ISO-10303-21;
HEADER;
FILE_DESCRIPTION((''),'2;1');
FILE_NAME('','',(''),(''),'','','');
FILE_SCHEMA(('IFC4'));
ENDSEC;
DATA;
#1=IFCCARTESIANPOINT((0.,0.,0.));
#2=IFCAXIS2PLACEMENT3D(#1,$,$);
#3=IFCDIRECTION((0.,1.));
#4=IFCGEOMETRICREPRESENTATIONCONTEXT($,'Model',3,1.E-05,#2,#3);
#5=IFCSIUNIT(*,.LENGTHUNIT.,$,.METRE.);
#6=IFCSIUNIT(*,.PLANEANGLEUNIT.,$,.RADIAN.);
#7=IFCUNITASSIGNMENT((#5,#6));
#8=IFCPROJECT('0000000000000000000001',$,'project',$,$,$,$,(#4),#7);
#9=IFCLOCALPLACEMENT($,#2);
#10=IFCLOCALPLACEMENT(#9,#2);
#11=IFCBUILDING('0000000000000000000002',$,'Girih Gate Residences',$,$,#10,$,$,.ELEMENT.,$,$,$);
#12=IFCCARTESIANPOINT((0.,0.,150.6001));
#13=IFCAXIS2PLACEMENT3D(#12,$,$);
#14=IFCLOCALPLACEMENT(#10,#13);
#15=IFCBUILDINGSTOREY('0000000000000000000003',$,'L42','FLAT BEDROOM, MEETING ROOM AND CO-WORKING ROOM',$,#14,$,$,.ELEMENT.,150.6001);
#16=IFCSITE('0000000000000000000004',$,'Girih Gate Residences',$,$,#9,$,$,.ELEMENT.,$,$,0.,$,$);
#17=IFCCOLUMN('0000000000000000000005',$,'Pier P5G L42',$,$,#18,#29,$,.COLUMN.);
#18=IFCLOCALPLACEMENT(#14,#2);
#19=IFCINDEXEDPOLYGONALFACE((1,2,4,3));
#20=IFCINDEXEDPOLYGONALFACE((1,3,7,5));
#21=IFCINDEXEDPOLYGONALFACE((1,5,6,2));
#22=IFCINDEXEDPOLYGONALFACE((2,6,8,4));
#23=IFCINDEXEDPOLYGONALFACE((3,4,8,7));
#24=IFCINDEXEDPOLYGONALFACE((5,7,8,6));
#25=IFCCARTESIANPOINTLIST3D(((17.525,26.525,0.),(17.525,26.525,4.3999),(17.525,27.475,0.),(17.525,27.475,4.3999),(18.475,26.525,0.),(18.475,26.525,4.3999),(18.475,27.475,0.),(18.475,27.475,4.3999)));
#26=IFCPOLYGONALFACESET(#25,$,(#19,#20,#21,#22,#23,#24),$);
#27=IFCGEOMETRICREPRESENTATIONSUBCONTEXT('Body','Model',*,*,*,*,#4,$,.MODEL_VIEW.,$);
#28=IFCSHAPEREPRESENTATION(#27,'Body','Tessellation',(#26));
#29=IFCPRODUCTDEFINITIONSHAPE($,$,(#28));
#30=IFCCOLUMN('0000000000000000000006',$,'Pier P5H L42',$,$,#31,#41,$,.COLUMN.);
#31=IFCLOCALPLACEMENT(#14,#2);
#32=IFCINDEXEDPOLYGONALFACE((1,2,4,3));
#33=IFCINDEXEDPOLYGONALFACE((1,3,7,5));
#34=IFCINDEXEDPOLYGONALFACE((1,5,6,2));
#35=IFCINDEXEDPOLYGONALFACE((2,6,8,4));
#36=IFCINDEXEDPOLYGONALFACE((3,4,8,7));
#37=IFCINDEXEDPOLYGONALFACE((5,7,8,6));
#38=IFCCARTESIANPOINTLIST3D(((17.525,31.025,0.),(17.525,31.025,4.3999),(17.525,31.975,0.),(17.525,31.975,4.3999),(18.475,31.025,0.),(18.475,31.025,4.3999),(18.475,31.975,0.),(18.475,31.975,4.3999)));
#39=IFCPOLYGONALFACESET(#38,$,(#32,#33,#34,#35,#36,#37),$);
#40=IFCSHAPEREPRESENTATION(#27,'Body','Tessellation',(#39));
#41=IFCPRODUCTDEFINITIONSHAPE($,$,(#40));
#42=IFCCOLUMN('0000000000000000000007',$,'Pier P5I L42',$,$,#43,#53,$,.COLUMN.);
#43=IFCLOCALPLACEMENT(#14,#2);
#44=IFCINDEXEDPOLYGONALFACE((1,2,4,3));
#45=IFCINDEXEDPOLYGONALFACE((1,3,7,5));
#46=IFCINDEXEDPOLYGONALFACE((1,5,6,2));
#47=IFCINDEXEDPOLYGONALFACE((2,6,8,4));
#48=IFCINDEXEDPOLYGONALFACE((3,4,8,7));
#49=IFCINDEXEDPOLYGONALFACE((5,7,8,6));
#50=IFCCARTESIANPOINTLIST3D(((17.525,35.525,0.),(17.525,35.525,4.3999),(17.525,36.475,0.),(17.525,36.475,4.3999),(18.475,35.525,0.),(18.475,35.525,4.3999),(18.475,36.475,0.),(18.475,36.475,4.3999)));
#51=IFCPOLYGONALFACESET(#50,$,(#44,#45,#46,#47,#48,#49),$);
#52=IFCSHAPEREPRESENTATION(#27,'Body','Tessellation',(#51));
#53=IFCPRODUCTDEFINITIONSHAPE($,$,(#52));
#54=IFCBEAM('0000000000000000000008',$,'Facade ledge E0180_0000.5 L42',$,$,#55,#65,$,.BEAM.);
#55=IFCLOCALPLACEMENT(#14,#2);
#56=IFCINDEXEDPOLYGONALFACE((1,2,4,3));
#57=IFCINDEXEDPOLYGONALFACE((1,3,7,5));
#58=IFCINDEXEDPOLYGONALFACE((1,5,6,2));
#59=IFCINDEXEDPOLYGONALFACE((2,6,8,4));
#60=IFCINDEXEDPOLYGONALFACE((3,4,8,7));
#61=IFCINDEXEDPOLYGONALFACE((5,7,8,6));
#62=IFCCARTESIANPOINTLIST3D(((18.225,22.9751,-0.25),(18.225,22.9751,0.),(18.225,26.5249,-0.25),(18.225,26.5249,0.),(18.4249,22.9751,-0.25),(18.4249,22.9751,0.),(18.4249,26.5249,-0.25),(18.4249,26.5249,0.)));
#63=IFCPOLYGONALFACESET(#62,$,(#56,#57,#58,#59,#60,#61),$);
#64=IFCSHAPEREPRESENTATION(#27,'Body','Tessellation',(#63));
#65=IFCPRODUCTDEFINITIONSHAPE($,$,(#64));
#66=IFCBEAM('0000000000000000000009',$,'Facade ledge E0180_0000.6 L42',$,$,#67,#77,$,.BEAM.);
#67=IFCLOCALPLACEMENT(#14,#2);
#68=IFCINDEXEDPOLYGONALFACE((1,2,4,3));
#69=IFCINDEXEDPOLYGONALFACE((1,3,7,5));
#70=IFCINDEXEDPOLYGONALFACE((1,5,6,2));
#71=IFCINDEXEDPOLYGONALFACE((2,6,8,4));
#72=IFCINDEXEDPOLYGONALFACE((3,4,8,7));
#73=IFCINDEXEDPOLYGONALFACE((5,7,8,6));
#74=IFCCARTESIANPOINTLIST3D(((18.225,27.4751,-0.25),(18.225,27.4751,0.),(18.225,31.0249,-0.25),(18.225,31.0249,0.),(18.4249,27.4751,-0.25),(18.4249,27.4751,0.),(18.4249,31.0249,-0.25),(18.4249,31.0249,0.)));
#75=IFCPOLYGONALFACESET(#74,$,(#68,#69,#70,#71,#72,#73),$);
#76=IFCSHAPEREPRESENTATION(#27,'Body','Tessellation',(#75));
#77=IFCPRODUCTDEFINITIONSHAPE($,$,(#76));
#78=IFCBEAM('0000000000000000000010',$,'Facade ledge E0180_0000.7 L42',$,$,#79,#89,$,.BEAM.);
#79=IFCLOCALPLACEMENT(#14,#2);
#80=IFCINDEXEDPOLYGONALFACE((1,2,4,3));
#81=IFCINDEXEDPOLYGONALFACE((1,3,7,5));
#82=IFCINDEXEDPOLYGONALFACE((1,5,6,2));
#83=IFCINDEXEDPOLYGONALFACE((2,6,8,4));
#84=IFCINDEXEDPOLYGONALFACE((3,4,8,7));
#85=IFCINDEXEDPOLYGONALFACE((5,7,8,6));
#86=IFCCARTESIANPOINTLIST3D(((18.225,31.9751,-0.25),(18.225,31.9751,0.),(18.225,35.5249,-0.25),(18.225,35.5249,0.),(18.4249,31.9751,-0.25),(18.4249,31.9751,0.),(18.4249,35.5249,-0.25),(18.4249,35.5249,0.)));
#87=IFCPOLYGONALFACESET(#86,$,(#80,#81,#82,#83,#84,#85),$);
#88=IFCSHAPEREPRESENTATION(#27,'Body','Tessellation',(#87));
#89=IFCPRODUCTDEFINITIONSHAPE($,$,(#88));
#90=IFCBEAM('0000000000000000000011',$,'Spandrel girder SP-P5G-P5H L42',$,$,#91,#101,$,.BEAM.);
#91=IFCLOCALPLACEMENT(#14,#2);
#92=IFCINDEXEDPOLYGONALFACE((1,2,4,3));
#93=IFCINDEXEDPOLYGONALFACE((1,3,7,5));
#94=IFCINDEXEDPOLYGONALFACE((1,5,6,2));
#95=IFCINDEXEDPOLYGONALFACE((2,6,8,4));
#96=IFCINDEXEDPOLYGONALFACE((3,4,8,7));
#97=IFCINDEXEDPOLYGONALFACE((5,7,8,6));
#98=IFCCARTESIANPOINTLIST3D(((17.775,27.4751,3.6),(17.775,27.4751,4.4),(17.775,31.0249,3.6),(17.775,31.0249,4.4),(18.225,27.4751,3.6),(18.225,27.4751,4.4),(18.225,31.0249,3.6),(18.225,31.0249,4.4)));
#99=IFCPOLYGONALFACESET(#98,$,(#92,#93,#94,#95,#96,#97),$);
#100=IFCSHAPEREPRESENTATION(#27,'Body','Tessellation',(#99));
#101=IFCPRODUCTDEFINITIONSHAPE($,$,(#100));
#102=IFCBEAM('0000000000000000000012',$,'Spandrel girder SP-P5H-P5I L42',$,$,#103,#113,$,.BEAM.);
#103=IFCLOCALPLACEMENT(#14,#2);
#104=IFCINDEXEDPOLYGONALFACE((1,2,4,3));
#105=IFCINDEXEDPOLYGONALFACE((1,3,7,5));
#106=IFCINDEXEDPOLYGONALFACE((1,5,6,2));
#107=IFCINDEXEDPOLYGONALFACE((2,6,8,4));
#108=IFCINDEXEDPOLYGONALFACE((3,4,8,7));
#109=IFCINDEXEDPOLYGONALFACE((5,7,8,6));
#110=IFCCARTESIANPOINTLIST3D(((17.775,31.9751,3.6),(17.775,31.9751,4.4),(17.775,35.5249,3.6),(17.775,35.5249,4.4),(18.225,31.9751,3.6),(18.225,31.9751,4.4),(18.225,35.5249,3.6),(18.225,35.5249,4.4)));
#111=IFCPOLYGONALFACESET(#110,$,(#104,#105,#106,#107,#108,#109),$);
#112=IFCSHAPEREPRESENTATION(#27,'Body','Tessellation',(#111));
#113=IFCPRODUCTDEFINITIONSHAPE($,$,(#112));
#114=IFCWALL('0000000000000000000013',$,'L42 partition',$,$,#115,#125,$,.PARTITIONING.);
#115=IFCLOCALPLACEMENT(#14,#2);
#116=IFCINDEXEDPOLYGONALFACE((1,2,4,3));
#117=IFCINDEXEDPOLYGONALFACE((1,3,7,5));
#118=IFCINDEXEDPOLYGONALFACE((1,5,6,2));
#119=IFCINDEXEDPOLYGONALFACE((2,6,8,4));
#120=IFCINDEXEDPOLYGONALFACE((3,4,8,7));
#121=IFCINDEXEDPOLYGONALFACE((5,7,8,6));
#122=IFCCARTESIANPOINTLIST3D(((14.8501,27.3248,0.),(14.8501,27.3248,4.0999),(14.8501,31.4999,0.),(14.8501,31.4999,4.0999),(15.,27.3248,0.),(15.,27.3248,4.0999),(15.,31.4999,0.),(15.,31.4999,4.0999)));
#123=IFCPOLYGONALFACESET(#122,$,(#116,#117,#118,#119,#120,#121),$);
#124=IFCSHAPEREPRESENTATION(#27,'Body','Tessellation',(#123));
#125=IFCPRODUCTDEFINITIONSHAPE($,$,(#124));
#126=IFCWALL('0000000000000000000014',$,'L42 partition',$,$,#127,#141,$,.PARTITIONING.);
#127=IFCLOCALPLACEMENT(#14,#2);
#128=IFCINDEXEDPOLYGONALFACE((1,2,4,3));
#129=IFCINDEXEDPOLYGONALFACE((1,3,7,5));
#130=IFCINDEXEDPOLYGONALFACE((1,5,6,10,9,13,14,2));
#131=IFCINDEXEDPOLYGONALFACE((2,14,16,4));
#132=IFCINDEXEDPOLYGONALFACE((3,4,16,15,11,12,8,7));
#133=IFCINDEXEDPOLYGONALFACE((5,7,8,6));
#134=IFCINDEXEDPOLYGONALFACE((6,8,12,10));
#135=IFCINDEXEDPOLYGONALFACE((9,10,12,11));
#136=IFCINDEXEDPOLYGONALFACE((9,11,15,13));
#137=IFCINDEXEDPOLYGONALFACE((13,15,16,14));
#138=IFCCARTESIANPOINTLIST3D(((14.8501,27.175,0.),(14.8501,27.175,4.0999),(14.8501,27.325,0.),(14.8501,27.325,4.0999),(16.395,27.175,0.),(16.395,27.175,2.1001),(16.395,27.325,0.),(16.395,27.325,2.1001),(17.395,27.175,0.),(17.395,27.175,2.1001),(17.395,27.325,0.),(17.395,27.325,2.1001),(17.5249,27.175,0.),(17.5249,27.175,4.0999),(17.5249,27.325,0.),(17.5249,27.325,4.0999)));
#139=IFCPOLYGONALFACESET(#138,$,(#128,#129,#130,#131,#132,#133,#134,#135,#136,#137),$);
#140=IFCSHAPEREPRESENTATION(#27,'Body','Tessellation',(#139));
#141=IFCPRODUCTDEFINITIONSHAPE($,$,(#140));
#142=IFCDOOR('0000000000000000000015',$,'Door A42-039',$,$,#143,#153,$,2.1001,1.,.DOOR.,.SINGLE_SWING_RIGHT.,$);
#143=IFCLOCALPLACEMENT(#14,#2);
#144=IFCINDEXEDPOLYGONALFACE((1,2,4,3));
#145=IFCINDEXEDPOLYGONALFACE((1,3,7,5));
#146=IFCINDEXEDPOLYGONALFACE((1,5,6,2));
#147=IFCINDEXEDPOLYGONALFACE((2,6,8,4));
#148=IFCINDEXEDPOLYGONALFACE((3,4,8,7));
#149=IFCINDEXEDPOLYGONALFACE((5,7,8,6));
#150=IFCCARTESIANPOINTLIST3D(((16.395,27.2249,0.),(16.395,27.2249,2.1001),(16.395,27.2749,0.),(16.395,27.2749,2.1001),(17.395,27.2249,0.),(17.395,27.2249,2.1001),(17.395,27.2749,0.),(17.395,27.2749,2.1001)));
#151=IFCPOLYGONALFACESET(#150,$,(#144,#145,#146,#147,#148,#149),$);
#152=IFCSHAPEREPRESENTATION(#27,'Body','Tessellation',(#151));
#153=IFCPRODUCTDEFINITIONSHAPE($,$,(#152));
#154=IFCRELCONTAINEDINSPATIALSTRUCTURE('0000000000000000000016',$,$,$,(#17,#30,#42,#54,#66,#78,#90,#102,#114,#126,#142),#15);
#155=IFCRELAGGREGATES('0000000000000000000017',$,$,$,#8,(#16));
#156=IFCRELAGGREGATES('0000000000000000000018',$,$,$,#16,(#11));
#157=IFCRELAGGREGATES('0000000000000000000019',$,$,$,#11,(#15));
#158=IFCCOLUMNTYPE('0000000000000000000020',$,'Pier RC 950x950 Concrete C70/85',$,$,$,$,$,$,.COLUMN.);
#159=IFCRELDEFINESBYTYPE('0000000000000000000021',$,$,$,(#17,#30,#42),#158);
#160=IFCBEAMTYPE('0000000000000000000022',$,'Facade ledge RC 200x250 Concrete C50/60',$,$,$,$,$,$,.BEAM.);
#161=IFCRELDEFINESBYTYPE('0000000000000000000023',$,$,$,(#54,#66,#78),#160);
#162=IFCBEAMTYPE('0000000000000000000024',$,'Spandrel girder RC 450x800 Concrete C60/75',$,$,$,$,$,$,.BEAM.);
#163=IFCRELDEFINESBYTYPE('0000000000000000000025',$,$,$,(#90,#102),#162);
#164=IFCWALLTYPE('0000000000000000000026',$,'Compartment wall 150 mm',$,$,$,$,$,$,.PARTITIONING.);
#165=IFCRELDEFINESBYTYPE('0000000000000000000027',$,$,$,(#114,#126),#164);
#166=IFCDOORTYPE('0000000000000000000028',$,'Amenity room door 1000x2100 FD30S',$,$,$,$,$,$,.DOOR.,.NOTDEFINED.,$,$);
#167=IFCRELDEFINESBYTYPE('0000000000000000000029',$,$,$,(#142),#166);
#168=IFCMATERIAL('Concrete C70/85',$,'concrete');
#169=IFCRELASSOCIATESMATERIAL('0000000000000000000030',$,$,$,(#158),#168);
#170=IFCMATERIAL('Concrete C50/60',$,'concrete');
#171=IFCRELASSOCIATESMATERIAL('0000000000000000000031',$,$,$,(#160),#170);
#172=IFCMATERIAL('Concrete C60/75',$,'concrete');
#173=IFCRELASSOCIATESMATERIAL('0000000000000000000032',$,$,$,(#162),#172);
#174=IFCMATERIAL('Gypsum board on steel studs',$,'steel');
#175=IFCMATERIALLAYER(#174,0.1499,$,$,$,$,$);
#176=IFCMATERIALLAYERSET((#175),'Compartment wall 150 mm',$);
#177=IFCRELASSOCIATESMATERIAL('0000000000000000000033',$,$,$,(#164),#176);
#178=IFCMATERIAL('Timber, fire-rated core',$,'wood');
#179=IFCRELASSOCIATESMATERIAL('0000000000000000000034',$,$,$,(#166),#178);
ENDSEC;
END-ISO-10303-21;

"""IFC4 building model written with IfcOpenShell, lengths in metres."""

from ifc_helpers import new_model, si_unit, direction, frame, frame_2d, origin, origin_2d, place, context, subcontext, project, spatial, rectangle, extrude, material, layer, layer_set, material_profile, profile_set, type_object, element, fill, save


model = new_model("IFC4")

# Units and contexts
model_context = context("Model", 3, precision=1e-05, world=origin(), true_north=direction((0.0, 1.0)))
body_context = subcontext(model_context, "Body", "Model", "MODEL_VIEW")
ifc_project = project(units=[si_unit("LENGTHUNIT", "METRE"), si_unit("PLANEANGLEUNIT", "RADIAN")], contexts=[model_context])

# Site, building, storey
site_placement = place(None, origin())
site = spatial("IfcSite", under=ifc_project, at=site_placement, Name="Girih Gate Residences", CompositionType="ELEMENT", RefElevation=0.0)
building_placement = place(site_placement, origin())
building = spatial("IfcBuilding", under=site, at=building_placement, Name="Girih Gate Residences", CompositionType="ELEMENT")
storey_placement = place(building_placement, frame((0.0, 0.0, 150.6001)))
storey = spatial("IfcBuildingStorey", under=building, at=storey_placement, Name="L42", Description="FLAT BEDROOM, MEETING ROOM AND CO-WORKING ROOM", CompositionType="ELEMENT", Elevation=150.6001)

# Columns
ifc_material_1 = material(Name="Concrete C70/85", Category="concrete")
ifc_material_profile_1 = material_profile(ifc_material_1, rectangle(XDim=0.95, YDim=0.95, at=origin_2d()))
ifc_profile_set_1 = profile_set([ifc_material_profile_1], Name="Concrete C70/85")
column_type = type_object("IfcColumnType", Name="Pier RC 950x950 Concrete C70/85", PredefinedType="COLUMN", material=ifc_profile_set_1)
for number, where, z_axis, x_axis, name in (
    (1, (18.0, 27.0, 0.0), (0.0, 0.0, 1.0), (1.0, 0.0, 0.0), "Pier P5G L42"),
    (2, (18.0, 31.5, 0.0), (0.0, 0.0, 1.0), (1.0, 0.0, 0.0), "Pier P5H L42"),
    (3, (18.0, 36.0, 0.0), (0.0, 0.0, 1.0), (1.0, 0.0, 0.0), "Pier P5I L42"),
):
    element("IfcColumn", number, at=place(storey_placement, frame(where, z_axis=z_axis, x_axis=x_axis)), inside=storey, type_object=column_type, Name=name, PredefinedType="COLUMN", context=body_context, shape_type="SweptSolid", body=[
        extrude(rectangle(XDim=0.95, YDim=0.95, at=origin_2d()), origin(), (0.0, 0.0, 1.0), 4.3999),
    ])

# Beams
ifc_material_2 = material(Name="Concrete C50/60", Category="concrete")
ifc_material_profile_2 = material_profile(ifc_material_2, rectangle(XDim=0.2, YDim=0.25, at=origin_2d()))
ifc_profile_set_2 = profile_set([ifc_material_profile_2], Name="Concrete C50/60")
beam_type_1 = type_object("IfcBeamType", Name="Facade ledge RC 200x250 Concrete C50/60", PredefinedType="BEAM", material=ifc_profile_set_2)
for number, where, z_axis, x_axis, name in (
    (4, (18.325, 22.9751, -0.125), (0.0, 1.0, 0.0), (-1.0, 0.0, 0.0), "Facade ledge E0180_0000.5 L42"),
    (5, (18.325, 27.4751, -0.125), (0.0, 1.0, 0.0), (-1.0, 0.0, 0.0), "Facade ledge E0180_0000.6 L42"),
    (6, (18.325, 31.9751, -0.125), (0.0, 1.0, 0.0), (-1.0, 0.0, 0.0), "Facade ledge E0180_0000.7 L42"),
):
    element("IfcBeam", number, at=place(storey_placement, frame(where, z_axis=z_axis, x_axis=x_axis)), inside=storey, type_object=beam_type_1, Name=name, PredefinedType="BEAM", context=body_context, shape_type="SweptSolid", body=[
        extrude(rectangle(XDim=0.2, YDim=0.25, at=origin_2d()), origin(), (0.0, 0.0, 1.0), 3.5498),
    ])
ifc_material_3 = material(Name="Concrete C60/75", Category="concrete")
ifc_material_profile_3 = material_profile(ifc_material_3, rectangle(XDim=0.45, YDim=0.8, at=origin_2d()))
ifc_profile_set_3 = profile_set([ifc_material_profile_3], Name="Concrete C60/75")
beam_type_2 = type_object("IfcBeamType", Name="Spandrel girder RC 450x800 Concrete C60/75", PredefinedType="BEAM", material=ifc_profile_set_3)
for number, where, z_axis, x_axis, name in (
    (7, (18.0, 27.4751, 4.0), (0.0, 1.0, 0.0), (-1.0, 0.0, 0.0), "Spandrel girder SP-P5G-P5H L42"),
    (8, (18.0, 31.9751, 4.0), (0.0, 1.0, 0.0), (-1.0, 0.0, 0.0), "Spandrel girder SP-P5H-P5I L42"),
):
    element("IfcBeam", number, at=place(storey_placement, frame(where, z_axis=z_axis, x_axis=x_axis)), inside=storey, type_object=beam_type_2, Name=name, PredefinedType="BEAM", context=body_context, shape_type="SweptSolid", body=[
        extrude(rectangle(XDim=0.45, YDim=0.8, at=origin_2d()), origin(), (0.0, 0.0, 1.0), 3.5498),
    ])

# Wall
ifc_material_4 = material(Name="Gypsum board on steel studs", Category="steel")
ifc_layer_1 = layer(ifc_material_4, 0.1499)
ifc_layer_set_1 = layer_set([ifc_layer_1], Name="Compartment wall 150 mm")
wall_type_1 = type_object("IfcWallType", Name="Compartment wall 150 mm", PredefinedType="PARTITIONING", material=ifc_layer_set_1)
wall_1_placement = place(storey_placement, frame((14.925, 27.325, 0.0), z_axis=(0.0, 0.0, 1.0), x_axis=(0.0, 1.0, 0.0)))
element("IfcWall", 9, at=wall_1_placement, inside=storey, type_object=wall_type_1, Name="L42 partition", PredefinedType="PARTITIONING", context=body_context, shape_type="SweptSolid", body=[
    extrude(rectangle(XDim=4.175, YDim=0.1499, at=frame_2d((2.0874, 0.0))), origin(), (0.0, 0.0, 1.0), 4.0999),
])

# Wall, opening, door
wall_2_placement = place(storey_placement, frame((14.8501, 27.25, 0.0), z_axis=(0.0, 0.0, 1.0), x_axis=(1.0, 0.0, 0.0)))
wall_2 = element("IfcWall", 10, at=wall_2_placement, inside=storey, type_object=wall_type_1, Name="L42 partition", PredefinedType="PARTITIONING", context=body_context, shape_type="SweptSolid", body=[
    extrude(rectangle(XDim=2.6748, YDim=0.1499, at=frame_2d((1.3374, 0.0))), origin(), (0.0, 0.0, 1.0), 4.0999),
])
opening_1_placement = place(wall_2_placement, frame((1.5449, 0.0, 0.0)))
opening_1 = element("IfcOpeningElement", 11, at=opening_1_placement, cuts=wall_2, PredefinedType="OPENING", context=body_context, shape_type="SweptSolid", body=[
    extrude(rectangle(XDim=1.0, YDim=2.1001, at=frame_2d((0.5, 1.05))), frame((0.0, 0.085, 0.0), z_axis=(0.0, -1.0, 0.0), x_axis=(1.0, 0.0, 0.0)), (0.0, 0.0, 1.0), 0.1699),
])
ifc_material_5 = material(Name="Timber, fire-rated core", Category="wood")
door_type_1 = type_object("IfcDoorType", Name="Amenity room door 1000x2100 FD30S", OperationType="NOTDEFINED", PredefinedType="DOOR", material=ifc_material_5)
door_1_placement = place(opening_1_placement, origin())
door_1 = element("IfcDoor", 12, at=door_1_placement, inside=storey, type_object=door_type_1, Name="Door A42-039", OperationType="SINGLE_SWING_RIGHT", OverallHeight=2.1001, OverallWidth=1.0, PredefinedType="DOOR", context=body_context, shape_type="SweptSolid", body=[
    extrude(rectangle(XDim=1.0, YDim=2.1001, at=frame_2d((0.5, 1.05))), frame((0.0, 0.0249, 0.0), z_axis=(0.0, -1.0, 0.0), x_axis=(1.0, 0.0, 0.0)), (0.0, 0.0, 1.0), 0.05),
])
fill(opening_1, door_1)

save(model, "model.ifc")
